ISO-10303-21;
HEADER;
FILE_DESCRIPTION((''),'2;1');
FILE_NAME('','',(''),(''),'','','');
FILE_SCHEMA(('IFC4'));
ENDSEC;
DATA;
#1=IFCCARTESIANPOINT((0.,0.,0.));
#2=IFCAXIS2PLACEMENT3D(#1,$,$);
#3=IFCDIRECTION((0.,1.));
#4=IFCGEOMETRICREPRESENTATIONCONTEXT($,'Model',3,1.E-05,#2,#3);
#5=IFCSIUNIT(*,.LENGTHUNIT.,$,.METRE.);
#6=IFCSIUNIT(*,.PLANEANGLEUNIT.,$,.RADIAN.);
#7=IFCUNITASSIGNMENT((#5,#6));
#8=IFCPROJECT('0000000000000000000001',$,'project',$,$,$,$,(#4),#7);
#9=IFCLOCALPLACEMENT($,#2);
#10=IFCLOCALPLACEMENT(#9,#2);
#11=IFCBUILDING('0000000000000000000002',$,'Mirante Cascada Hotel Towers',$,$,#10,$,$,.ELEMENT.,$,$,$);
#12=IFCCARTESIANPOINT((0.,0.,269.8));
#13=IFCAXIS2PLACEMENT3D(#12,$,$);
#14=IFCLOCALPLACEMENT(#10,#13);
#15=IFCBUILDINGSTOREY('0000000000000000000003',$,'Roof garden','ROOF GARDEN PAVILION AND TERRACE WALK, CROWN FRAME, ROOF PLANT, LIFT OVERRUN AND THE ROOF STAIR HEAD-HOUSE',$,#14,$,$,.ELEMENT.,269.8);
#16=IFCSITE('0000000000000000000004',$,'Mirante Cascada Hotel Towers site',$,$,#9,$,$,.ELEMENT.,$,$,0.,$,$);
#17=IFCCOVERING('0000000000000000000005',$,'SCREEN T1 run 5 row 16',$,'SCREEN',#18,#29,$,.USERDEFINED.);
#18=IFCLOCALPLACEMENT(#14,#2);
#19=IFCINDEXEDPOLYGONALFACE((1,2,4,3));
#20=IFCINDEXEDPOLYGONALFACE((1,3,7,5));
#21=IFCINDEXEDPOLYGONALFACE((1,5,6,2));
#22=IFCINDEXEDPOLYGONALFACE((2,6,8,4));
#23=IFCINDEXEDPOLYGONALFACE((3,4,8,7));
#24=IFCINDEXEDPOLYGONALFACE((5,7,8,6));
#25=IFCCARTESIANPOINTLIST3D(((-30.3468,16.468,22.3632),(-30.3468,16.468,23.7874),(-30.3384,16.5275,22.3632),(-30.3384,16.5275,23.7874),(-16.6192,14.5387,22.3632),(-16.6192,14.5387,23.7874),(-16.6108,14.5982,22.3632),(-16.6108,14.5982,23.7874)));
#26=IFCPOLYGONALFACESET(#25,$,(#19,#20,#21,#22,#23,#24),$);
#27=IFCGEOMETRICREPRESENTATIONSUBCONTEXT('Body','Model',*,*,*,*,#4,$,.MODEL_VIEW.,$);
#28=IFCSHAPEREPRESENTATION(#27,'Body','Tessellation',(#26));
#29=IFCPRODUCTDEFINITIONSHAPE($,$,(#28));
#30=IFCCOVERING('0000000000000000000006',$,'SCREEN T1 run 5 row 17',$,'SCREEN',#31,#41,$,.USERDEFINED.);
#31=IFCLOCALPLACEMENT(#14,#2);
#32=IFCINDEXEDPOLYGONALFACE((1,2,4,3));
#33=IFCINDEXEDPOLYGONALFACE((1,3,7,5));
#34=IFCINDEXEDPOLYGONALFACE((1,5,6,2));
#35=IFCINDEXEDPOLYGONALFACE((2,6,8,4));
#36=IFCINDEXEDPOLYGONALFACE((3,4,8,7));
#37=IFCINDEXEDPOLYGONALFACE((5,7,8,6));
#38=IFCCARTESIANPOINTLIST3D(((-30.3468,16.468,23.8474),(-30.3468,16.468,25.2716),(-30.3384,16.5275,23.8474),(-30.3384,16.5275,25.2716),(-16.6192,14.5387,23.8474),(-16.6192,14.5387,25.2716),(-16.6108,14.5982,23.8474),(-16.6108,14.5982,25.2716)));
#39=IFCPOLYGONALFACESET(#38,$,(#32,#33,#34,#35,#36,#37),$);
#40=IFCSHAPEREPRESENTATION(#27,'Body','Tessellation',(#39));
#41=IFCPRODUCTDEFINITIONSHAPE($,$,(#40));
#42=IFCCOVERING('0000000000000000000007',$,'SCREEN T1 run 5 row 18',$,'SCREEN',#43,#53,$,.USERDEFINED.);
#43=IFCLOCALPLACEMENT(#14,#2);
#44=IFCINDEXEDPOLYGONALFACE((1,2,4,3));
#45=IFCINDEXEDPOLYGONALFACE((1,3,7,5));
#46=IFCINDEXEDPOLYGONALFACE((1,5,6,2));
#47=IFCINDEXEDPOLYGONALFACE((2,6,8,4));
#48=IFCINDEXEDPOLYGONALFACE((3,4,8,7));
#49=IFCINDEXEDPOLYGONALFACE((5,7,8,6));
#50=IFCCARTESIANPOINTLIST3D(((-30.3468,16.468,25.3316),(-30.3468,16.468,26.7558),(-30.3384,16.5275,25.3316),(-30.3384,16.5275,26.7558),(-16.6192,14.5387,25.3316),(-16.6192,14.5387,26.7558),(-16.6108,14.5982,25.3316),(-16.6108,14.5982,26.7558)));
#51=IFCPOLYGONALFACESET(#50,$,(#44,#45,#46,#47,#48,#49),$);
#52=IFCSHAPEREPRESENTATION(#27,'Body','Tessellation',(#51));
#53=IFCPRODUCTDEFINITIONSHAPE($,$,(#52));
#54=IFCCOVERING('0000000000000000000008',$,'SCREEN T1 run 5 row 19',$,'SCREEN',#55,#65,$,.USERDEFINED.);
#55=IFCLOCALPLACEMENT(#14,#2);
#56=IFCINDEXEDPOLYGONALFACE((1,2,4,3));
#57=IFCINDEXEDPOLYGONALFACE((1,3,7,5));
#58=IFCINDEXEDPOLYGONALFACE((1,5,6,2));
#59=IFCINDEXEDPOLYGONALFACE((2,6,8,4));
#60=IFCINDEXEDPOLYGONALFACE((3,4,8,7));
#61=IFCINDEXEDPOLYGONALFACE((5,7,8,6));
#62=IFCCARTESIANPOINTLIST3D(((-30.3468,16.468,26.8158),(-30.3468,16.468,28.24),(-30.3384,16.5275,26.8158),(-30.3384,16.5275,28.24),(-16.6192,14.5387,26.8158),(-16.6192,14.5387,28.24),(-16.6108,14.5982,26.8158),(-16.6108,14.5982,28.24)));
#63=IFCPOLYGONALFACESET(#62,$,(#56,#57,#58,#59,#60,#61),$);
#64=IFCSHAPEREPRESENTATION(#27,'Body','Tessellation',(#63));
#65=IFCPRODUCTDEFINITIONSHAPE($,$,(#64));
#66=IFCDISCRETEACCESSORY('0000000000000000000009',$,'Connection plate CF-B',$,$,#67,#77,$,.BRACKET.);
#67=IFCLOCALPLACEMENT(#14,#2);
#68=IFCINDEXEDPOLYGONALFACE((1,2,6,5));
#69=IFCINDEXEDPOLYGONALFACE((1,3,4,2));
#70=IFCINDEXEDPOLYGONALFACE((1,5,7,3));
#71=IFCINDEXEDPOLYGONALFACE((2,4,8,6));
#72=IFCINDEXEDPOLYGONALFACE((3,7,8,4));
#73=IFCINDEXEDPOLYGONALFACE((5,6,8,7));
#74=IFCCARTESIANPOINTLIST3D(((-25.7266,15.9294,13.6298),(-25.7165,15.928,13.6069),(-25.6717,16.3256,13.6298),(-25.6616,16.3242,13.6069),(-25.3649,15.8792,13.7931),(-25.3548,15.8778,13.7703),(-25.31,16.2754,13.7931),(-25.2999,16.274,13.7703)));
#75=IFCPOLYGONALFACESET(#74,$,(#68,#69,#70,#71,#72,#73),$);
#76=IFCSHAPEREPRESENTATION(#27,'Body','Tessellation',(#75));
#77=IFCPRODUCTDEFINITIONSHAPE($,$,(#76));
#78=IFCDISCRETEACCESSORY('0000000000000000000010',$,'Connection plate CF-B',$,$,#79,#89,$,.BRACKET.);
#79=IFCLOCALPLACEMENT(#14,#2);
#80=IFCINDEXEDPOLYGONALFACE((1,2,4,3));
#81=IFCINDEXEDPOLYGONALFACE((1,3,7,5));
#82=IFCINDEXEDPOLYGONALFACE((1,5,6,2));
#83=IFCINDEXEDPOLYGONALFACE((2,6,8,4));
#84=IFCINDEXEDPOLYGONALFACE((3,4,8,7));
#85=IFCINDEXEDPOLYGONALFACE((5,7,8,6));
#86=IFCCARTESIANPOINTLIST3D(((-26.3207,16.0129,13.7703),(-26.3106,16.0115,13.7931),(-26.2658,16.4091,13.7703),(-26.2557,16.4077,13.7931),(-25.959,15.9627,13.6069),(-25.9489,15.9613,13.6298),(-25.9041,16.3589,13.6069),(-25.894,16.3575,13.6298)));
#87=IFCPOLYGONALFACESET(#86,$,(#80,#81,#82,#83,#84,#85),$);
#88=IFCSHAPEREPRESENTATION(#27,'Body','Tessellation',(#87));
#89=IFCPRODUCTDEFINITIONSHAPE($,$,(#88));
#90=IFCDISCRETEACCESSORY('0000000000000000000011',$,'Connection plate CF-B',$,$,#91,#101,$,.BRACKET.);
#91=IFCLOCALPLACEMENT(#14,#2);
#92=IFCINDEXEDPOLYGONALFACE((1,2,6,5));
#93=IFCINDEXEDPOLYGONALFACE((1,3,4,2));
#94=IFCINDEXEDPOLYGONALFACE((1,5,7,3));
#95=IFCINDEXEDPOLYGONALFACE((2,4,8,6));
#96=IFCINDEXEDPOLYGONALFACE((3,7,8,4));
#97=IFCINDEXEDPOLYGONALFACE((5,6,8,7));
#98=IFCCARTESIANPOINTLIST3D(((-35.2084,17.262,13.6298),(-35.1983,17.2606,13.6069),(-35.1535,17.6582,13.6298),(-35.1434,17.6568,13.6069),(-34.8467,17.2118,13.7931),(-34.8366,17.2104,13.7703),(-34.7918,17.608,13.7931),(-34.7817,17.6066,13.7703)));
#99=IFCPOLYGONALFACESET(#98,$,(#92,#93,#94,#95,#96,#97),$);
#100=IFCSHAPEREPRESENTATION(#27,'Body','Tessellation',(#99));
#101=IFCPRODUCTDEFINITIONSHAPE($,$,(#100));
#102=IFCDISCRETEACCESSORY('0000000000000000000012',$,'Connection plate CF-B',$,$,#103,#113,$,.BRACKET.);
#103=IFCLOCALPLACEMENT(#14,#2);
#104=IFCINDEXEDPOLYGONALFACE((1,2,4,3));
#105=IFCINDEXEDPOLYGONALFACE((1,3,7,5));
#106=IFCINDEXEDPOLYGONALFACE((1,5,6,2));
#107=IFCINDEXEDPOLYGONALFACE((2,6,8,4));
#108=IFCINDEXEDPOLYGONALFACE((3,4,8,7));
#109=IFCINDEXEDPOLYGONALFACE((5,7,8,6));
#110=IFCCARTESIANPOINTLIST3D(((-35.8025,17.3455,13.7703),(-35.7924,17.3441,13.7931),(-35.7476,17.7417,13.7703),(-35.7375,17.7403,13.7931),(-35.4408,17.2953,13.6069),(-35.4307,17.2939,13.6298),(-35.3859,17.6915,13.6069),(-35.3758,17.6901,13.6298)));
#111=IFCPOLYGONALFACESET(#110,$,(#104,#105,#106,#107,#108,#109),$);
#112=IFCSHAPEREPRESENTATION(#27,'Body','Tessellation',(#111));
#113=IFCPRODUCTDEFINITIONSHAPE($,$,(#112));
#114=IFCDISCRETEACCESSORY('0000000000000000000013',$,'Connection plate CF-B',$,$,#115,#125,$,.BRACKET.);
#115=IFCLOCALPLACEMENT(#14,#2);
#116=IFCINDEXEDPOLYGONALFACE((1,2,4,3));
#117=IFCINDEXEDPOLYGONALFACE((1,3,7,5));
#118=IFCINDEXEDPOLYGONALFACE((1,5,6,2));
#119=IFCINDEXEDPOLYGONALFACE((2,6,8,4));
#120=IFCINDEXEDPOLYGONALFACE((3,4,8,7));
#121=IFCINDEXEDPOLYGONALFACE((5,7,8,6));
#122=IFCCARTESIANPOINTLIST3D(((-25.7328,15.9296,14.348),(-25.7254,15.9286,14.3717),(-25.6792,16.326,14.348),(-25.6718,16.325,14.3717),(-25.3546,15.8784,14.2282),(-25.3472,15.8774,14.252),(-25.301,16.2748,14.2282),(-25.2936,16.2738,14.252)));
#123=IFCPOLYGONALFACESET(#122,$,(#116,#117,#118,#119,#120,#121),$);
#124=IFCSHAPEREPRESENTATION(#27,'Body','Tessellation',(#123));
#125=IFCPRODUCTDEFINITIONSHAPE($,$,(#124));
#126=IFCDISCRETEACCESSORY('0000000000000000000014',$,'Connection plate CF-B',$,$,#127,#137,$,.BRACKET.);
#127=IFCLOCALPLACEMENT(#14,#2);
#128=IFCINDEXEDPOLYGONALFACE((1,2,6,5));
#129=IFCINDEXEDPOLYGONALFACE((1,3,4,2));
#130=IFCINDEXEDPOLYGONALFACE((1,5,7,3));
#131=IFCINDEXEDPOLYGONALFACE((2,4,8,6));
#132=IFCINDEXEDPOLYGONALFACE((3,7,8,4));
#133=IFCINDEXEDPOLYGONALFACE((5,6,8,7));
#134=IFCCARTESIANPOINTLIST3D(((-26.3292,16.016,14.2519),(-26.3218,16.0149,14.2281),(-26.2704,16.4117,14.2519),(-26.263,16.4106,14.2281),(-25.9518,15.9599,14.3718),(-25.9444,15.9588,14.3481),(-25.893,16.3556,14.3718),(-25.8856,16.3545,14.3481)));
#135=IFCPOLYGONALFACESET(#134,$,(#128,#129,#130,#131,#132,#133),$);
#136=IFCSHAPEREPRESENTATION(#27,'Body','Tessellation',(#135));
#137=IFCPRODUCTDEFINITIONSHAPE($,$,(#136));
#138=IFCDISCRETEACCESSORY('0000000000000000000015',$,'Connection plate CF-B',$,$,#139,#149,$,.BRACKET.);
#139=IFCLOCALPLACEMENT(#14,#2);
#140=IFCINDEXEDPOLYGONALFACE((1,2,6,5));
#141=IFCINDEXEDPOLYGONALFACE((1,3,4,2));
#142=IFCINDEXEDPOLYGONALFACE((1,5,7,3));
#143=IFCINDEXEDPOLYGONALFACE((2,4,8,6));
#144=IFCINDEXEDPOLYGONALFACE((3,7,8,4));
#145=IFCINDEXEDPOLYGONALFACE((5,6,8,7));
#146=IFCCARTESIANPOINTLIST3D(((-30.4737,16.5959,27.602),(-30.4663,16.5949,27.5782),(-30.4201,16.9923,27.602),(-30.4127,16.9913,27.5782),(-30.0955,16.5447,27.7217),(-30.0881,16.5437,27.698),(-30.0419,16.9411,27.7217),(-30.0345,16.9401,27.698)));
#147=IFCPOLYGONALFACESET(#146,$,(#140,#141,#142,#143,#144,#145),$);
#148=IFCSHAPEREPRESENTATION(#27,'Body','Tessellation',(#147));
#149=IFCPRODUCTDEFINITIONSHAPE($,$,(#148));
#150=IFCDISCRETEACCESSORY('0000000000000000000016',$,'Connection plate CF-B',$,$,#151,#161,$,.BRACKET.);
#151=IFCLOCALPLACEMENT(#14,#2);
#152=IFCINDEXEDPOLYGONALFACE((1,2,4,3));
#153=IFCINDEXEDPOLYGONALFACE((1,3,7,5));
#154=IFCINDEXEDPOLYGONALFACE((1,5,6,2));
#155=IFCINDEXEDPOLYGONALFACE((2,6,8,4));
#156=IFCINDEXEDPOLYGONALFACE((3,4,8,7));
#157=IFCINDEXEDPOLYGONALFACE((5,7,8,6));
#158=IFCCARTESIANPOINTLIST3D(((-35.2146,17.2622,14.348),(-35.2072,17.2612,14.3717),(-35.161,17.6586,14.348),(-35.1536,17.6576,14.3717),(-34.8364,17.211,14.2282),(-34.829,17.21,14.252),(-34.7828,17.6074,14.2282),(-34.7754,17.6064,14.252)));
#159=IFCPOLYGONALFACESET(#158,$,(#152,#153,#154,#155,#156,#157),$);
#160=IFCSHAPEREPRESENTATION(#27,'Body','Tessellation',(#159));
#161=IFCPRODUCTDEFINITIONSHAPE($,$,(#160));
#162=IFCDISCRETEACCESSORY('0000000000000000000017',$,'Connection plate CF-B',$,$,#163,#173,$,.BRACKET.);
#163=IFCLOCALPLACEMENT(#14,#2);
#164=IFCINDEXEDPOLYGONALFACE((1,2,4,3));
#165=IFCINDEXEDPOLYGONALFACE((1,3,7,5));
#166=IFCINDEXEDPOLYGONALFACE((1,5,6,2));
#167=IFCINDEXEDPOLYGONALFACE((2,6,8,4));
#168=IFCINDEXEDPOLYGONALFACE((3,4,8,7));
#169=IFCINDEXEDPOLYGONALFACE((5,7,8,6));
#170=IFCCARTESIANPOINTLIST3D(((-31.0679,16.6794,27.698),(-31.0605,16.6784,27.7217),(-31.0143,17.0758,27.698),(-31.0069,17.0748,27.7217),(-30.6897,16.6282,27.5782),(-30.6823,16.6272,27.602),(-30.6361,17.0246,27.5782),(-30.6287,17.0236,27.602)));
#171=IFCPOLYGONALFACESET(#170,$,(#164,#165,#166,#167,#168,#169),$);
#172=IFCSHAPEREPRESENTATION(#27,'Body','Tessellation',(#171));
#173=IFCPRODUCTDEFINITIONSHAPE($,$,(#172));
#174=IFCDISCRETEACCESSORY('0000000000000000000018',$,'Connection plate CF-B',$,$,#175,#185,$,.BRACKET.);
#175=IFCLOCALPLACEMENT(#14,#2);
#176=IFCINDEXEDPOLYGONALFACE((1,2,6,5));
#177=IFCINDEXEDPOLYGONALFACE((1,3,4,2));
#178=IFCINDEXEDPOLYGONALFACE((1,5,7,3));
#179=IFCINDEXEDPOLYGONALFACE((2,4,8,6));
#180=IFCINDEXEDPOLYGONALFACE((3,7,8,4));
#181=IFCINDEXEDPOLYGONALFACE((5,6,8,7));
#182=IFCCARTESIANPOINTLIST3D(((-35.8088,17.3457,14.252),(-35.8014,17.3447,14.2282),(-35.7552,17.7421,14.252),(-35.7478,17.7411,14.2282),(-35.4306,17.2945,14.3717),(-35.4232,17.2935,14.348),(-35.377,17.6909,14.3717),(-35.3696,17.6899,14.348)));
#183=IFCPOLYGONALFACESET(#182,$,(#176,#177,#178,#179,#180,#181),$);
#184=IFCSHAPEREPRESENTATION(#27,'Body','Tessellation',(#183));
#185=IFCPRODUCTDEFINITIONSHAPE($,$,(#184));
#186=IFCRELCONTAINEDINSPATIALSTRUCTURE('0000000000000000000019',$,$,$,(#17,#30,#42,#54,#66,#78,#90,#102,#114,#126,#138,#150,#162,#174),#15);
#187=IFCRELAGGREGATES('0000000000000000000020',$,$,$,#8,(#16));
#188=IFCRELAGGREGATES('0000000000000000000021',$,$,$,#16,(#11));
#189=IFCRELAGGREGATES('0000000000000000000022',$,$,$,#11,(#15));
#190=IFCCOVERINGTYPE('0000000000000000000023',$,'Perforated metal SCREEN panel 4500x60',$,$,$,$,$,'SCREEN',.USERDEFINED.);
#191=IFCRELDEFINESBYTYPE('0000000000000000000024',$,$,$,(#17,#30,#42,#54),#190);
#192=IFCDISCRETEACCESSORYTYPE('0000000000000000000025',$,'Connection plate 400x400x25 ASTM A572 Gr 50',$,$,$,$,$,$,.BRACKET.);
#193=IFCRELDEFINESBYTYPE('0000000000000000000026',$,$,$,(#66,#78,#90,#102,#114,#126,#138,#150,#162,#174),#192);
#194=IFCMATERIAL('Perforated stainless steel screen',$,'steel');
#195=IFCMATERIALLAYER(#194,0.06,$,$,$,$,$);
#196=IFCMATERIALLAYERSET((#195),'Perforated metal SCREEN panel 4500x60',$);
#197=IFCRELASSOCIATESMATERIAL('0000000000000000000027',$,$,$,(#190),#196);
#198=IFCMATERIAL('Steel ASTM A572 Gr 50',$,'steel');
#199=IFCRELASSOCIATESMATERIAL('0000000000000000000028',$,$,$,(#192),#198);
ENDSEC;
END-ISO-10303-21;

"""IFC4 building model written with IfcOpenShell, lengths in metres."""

from ifc_helpers import new_model, si_unit, direction, frame, origin, origin_2d, place, context, subcontext, project, spatial, rectangle, extrude, material, layer, layer_set, material_profile, profile_set, type_object, element, save


model = new_model("IFC4")

# Units and contexts
model_context = context("Model", 3, precision=1e-05, world=origin(), true_north=direction((0.0, 1.0)))
body_context = subcontext(model_context, "Body", "Model", "MODEL_VIEW")
ifc_project = project(units=[si_unit("LENGTHUNIT", "METRE"), si_unit("PLANEANGLEUNIT", "RADIAN")], contexts=[model_context])

# Site, building, storey
site_placement = place(None, origin())
site = spatial("IfcSite", under=ifc_project, at=site_placement, Name="Mirante Cascada Hotel Towers site", CompositionType="ELEMENT", RefElevation=0.0)
building_placement = place(site_placement, origin())
building = spatial("IfcBuilding", under=site, at=building_placement, Name="Mirante Cascada Hotel Towers", CompositionType="ELEMENT")
storey_placement = place(building_placement, frame((0.0, 0.0, 269.8)))
storey = spatial("IfcBuildingStorey", under=building, at=storey_placement, Name="Roof garden", Description="ROOF GARDEN PAVILION AND TERRACE WALK, CROWN FRAME, ROOF PLANT, LIFT OVERRUN AND THE ROOF STAIR HEAD-HOUSE", CompositionType="ELEMENT", Elevation=269.8)

# Coverings
ifc_material_1 = material(Name="Perforated stainless steel screen", Category="steel")
ifc_layer = layer(ifc_material_1, 0.06)
ifc_layer_set = layer_set([ifc_layer], Name="Perforated metal SCREEN panel 4500x60")
covering_type = type_object("IfcCoveringType", Name="Perforated metal SCREEN panel 4500x60", ElementType="SCREEN", PredefinedType="USERDEFINED", material=ifc_layer_set)
for number, where, z_axis, x_axis, name in (
    (1, (-23.4788, 15.5331, 22.3632), (0.0, 0.0, 1.0), (-0.990268, 0.139173, 0.0), "SCREEN T1 run 5 row 16"),
    (2, (-23.4788, 15.5331, 23.8474), (0.0, 0.0, 1.0), (-0.990268, 0.139173, 0.0), "SCREEN T1 run 5 row 17"),
    (3, (-23.4788, 15.5331, 25.3316), (0.0, 0.0, 1.0), (-0.990268, 0.139173, 0.0), "SCREEN T1 run 5 row 18"),
    (4, (-23.4788, 15.5331, 26.8158), (0.0, 0.0, 1.0), (-0.990268, 0.139173, 0.0), "SCREEN T1 run 5 row 19"),
):
    element("IfcCovering", number, at=place(storey_placement, frame(where, z_axis=z_axis, x_axis=x_axis)), inside=storey, type_object=covering_type, Name=name, ObjectType="SCREEN", PredefinedType="USERDEFINED", context=body_context, shape_type="SweptSolid", body=[
        extrude(rectangle(XDim=13.8625, YDim=0.06, at=origin_2d()), origin(), (0.0, 0.0, 1.0), 1.4242),
    ])

# Discrete accessories
ifc_material_2 = material(Name="Steel ASTM A572 Gr 50", Category="steel")
ifc_material_profile_1 = material_profile(ifc_material_2, rectangle(XDim=0.4, YDim=0.4, at=origin_2d()), Name="Connection plate 400x400x25 ASTM A572 Gr 50")
ifc_profile_set_1 = profile_set([ifc_material_profile_1], Name="Steel ASTM A572 Gr 50")
discrete_accessory_type = type_object("IfcDiscreteAccessoryType", Name="Connection plate 400x400x25 ASTM A572 Gr 50", PredefinedType="BRACKET", material=ifc_profile_set_1)
for number, where, z_axis, x_axis, name in (
    (5, (-25.5082, 16.101, 13.6886), (-0.404385, 0.056053, 0.91287), (-0.137301, -0.990529, 0.0), "Connection plate CF-B"),
    (6, (-26.1124, 16.1859, 13.6886), (0.404385, -0.056053, 0.91287), (0.137301, 0.990529, 0.0), "Connection plate CF-B"),
    (7, (-34.99, 17.4336, 13.6886), (-0.404385, 0.056053, 0.91287), (-0.137301, -0.990529, 0.0), "Connection plate CF-B"),
    (8, (-35.5942, 17.5185, 13.6886), (0.404385, -0.056053, 0.91287), (0.137301, 0.990529, 0.0), "Connection plate CF-B"),
):
    element("IfcDiscreteAccessory", number, at=place(storey_placement, frame(where, z_axis=z_axis, x_axis=x_axis)), inside=storey, type_object=discrete_accessory_type, Name=name, PredefinedType="BRACKET", context=body_context, shape_type="SweptSolid", body=[
        extrude(rectangle(XDim=0.4, YDim=0.4, at=origin_2d()), origin(), (0.0, 0.0, 1.0), 0.025),
    ])
for number, where, z_axis, x_axis, name in (
    (9, (-25.5169, 16.1022, 14.2881), (0.296665, -0.04009, 0.95414), (0.133918, 0.990992, 0.0), "Connection plate CF-B"),
    (10, (-26.1037, 16.1847, 14.2881), (-0.296615, 0.044091, 0.953979), (-0.147033, -0.989132, 0.0), "Connection plate CF-B"),
    (11, (-30.2504, 16.7675, 27.6381), (-0.296665, 0.04009, 0.95414), (-0.133918, -0.990992, 0.0), "Connection plate CF-B"),
    (12, (-34.9987, 17.4348, 14.2881), (0.296665, -0.04009, 0.95414), (0.133918, 0.990992, 0.0), "Connection plate CF-B"),
    (13, (-30.852, 16.852, 27.6381), (0.296665, -0.04009, 0.95414), (0.133918, 0.990992, 0.0), "Connection plate CF-B"),
    (14, (-35.5855, 17.5173, 14.2881), (-0.296665, 0.04009, 0.95414), (-0.133918, -0.990992, 0.0), "Connection plate CF-B"),
):
    element("IfcDiscreteAccessory", number, at=place(storey_placement, frame(where, z_axis=z_axis, x_axis=x_axis)), inside=storey, type_object=discrete_accessory_type, Name=name, PredefinedType="BRACKET", context=body_context, shape_type="SweptSolid", body=[
        extrude(rectangle(XDim=0.4, YDim=0.4, at=origin_2d()), origin(), (0.0, 0.0, 1.0), 0.0249),
    ])

save(model, "model.ifc")
